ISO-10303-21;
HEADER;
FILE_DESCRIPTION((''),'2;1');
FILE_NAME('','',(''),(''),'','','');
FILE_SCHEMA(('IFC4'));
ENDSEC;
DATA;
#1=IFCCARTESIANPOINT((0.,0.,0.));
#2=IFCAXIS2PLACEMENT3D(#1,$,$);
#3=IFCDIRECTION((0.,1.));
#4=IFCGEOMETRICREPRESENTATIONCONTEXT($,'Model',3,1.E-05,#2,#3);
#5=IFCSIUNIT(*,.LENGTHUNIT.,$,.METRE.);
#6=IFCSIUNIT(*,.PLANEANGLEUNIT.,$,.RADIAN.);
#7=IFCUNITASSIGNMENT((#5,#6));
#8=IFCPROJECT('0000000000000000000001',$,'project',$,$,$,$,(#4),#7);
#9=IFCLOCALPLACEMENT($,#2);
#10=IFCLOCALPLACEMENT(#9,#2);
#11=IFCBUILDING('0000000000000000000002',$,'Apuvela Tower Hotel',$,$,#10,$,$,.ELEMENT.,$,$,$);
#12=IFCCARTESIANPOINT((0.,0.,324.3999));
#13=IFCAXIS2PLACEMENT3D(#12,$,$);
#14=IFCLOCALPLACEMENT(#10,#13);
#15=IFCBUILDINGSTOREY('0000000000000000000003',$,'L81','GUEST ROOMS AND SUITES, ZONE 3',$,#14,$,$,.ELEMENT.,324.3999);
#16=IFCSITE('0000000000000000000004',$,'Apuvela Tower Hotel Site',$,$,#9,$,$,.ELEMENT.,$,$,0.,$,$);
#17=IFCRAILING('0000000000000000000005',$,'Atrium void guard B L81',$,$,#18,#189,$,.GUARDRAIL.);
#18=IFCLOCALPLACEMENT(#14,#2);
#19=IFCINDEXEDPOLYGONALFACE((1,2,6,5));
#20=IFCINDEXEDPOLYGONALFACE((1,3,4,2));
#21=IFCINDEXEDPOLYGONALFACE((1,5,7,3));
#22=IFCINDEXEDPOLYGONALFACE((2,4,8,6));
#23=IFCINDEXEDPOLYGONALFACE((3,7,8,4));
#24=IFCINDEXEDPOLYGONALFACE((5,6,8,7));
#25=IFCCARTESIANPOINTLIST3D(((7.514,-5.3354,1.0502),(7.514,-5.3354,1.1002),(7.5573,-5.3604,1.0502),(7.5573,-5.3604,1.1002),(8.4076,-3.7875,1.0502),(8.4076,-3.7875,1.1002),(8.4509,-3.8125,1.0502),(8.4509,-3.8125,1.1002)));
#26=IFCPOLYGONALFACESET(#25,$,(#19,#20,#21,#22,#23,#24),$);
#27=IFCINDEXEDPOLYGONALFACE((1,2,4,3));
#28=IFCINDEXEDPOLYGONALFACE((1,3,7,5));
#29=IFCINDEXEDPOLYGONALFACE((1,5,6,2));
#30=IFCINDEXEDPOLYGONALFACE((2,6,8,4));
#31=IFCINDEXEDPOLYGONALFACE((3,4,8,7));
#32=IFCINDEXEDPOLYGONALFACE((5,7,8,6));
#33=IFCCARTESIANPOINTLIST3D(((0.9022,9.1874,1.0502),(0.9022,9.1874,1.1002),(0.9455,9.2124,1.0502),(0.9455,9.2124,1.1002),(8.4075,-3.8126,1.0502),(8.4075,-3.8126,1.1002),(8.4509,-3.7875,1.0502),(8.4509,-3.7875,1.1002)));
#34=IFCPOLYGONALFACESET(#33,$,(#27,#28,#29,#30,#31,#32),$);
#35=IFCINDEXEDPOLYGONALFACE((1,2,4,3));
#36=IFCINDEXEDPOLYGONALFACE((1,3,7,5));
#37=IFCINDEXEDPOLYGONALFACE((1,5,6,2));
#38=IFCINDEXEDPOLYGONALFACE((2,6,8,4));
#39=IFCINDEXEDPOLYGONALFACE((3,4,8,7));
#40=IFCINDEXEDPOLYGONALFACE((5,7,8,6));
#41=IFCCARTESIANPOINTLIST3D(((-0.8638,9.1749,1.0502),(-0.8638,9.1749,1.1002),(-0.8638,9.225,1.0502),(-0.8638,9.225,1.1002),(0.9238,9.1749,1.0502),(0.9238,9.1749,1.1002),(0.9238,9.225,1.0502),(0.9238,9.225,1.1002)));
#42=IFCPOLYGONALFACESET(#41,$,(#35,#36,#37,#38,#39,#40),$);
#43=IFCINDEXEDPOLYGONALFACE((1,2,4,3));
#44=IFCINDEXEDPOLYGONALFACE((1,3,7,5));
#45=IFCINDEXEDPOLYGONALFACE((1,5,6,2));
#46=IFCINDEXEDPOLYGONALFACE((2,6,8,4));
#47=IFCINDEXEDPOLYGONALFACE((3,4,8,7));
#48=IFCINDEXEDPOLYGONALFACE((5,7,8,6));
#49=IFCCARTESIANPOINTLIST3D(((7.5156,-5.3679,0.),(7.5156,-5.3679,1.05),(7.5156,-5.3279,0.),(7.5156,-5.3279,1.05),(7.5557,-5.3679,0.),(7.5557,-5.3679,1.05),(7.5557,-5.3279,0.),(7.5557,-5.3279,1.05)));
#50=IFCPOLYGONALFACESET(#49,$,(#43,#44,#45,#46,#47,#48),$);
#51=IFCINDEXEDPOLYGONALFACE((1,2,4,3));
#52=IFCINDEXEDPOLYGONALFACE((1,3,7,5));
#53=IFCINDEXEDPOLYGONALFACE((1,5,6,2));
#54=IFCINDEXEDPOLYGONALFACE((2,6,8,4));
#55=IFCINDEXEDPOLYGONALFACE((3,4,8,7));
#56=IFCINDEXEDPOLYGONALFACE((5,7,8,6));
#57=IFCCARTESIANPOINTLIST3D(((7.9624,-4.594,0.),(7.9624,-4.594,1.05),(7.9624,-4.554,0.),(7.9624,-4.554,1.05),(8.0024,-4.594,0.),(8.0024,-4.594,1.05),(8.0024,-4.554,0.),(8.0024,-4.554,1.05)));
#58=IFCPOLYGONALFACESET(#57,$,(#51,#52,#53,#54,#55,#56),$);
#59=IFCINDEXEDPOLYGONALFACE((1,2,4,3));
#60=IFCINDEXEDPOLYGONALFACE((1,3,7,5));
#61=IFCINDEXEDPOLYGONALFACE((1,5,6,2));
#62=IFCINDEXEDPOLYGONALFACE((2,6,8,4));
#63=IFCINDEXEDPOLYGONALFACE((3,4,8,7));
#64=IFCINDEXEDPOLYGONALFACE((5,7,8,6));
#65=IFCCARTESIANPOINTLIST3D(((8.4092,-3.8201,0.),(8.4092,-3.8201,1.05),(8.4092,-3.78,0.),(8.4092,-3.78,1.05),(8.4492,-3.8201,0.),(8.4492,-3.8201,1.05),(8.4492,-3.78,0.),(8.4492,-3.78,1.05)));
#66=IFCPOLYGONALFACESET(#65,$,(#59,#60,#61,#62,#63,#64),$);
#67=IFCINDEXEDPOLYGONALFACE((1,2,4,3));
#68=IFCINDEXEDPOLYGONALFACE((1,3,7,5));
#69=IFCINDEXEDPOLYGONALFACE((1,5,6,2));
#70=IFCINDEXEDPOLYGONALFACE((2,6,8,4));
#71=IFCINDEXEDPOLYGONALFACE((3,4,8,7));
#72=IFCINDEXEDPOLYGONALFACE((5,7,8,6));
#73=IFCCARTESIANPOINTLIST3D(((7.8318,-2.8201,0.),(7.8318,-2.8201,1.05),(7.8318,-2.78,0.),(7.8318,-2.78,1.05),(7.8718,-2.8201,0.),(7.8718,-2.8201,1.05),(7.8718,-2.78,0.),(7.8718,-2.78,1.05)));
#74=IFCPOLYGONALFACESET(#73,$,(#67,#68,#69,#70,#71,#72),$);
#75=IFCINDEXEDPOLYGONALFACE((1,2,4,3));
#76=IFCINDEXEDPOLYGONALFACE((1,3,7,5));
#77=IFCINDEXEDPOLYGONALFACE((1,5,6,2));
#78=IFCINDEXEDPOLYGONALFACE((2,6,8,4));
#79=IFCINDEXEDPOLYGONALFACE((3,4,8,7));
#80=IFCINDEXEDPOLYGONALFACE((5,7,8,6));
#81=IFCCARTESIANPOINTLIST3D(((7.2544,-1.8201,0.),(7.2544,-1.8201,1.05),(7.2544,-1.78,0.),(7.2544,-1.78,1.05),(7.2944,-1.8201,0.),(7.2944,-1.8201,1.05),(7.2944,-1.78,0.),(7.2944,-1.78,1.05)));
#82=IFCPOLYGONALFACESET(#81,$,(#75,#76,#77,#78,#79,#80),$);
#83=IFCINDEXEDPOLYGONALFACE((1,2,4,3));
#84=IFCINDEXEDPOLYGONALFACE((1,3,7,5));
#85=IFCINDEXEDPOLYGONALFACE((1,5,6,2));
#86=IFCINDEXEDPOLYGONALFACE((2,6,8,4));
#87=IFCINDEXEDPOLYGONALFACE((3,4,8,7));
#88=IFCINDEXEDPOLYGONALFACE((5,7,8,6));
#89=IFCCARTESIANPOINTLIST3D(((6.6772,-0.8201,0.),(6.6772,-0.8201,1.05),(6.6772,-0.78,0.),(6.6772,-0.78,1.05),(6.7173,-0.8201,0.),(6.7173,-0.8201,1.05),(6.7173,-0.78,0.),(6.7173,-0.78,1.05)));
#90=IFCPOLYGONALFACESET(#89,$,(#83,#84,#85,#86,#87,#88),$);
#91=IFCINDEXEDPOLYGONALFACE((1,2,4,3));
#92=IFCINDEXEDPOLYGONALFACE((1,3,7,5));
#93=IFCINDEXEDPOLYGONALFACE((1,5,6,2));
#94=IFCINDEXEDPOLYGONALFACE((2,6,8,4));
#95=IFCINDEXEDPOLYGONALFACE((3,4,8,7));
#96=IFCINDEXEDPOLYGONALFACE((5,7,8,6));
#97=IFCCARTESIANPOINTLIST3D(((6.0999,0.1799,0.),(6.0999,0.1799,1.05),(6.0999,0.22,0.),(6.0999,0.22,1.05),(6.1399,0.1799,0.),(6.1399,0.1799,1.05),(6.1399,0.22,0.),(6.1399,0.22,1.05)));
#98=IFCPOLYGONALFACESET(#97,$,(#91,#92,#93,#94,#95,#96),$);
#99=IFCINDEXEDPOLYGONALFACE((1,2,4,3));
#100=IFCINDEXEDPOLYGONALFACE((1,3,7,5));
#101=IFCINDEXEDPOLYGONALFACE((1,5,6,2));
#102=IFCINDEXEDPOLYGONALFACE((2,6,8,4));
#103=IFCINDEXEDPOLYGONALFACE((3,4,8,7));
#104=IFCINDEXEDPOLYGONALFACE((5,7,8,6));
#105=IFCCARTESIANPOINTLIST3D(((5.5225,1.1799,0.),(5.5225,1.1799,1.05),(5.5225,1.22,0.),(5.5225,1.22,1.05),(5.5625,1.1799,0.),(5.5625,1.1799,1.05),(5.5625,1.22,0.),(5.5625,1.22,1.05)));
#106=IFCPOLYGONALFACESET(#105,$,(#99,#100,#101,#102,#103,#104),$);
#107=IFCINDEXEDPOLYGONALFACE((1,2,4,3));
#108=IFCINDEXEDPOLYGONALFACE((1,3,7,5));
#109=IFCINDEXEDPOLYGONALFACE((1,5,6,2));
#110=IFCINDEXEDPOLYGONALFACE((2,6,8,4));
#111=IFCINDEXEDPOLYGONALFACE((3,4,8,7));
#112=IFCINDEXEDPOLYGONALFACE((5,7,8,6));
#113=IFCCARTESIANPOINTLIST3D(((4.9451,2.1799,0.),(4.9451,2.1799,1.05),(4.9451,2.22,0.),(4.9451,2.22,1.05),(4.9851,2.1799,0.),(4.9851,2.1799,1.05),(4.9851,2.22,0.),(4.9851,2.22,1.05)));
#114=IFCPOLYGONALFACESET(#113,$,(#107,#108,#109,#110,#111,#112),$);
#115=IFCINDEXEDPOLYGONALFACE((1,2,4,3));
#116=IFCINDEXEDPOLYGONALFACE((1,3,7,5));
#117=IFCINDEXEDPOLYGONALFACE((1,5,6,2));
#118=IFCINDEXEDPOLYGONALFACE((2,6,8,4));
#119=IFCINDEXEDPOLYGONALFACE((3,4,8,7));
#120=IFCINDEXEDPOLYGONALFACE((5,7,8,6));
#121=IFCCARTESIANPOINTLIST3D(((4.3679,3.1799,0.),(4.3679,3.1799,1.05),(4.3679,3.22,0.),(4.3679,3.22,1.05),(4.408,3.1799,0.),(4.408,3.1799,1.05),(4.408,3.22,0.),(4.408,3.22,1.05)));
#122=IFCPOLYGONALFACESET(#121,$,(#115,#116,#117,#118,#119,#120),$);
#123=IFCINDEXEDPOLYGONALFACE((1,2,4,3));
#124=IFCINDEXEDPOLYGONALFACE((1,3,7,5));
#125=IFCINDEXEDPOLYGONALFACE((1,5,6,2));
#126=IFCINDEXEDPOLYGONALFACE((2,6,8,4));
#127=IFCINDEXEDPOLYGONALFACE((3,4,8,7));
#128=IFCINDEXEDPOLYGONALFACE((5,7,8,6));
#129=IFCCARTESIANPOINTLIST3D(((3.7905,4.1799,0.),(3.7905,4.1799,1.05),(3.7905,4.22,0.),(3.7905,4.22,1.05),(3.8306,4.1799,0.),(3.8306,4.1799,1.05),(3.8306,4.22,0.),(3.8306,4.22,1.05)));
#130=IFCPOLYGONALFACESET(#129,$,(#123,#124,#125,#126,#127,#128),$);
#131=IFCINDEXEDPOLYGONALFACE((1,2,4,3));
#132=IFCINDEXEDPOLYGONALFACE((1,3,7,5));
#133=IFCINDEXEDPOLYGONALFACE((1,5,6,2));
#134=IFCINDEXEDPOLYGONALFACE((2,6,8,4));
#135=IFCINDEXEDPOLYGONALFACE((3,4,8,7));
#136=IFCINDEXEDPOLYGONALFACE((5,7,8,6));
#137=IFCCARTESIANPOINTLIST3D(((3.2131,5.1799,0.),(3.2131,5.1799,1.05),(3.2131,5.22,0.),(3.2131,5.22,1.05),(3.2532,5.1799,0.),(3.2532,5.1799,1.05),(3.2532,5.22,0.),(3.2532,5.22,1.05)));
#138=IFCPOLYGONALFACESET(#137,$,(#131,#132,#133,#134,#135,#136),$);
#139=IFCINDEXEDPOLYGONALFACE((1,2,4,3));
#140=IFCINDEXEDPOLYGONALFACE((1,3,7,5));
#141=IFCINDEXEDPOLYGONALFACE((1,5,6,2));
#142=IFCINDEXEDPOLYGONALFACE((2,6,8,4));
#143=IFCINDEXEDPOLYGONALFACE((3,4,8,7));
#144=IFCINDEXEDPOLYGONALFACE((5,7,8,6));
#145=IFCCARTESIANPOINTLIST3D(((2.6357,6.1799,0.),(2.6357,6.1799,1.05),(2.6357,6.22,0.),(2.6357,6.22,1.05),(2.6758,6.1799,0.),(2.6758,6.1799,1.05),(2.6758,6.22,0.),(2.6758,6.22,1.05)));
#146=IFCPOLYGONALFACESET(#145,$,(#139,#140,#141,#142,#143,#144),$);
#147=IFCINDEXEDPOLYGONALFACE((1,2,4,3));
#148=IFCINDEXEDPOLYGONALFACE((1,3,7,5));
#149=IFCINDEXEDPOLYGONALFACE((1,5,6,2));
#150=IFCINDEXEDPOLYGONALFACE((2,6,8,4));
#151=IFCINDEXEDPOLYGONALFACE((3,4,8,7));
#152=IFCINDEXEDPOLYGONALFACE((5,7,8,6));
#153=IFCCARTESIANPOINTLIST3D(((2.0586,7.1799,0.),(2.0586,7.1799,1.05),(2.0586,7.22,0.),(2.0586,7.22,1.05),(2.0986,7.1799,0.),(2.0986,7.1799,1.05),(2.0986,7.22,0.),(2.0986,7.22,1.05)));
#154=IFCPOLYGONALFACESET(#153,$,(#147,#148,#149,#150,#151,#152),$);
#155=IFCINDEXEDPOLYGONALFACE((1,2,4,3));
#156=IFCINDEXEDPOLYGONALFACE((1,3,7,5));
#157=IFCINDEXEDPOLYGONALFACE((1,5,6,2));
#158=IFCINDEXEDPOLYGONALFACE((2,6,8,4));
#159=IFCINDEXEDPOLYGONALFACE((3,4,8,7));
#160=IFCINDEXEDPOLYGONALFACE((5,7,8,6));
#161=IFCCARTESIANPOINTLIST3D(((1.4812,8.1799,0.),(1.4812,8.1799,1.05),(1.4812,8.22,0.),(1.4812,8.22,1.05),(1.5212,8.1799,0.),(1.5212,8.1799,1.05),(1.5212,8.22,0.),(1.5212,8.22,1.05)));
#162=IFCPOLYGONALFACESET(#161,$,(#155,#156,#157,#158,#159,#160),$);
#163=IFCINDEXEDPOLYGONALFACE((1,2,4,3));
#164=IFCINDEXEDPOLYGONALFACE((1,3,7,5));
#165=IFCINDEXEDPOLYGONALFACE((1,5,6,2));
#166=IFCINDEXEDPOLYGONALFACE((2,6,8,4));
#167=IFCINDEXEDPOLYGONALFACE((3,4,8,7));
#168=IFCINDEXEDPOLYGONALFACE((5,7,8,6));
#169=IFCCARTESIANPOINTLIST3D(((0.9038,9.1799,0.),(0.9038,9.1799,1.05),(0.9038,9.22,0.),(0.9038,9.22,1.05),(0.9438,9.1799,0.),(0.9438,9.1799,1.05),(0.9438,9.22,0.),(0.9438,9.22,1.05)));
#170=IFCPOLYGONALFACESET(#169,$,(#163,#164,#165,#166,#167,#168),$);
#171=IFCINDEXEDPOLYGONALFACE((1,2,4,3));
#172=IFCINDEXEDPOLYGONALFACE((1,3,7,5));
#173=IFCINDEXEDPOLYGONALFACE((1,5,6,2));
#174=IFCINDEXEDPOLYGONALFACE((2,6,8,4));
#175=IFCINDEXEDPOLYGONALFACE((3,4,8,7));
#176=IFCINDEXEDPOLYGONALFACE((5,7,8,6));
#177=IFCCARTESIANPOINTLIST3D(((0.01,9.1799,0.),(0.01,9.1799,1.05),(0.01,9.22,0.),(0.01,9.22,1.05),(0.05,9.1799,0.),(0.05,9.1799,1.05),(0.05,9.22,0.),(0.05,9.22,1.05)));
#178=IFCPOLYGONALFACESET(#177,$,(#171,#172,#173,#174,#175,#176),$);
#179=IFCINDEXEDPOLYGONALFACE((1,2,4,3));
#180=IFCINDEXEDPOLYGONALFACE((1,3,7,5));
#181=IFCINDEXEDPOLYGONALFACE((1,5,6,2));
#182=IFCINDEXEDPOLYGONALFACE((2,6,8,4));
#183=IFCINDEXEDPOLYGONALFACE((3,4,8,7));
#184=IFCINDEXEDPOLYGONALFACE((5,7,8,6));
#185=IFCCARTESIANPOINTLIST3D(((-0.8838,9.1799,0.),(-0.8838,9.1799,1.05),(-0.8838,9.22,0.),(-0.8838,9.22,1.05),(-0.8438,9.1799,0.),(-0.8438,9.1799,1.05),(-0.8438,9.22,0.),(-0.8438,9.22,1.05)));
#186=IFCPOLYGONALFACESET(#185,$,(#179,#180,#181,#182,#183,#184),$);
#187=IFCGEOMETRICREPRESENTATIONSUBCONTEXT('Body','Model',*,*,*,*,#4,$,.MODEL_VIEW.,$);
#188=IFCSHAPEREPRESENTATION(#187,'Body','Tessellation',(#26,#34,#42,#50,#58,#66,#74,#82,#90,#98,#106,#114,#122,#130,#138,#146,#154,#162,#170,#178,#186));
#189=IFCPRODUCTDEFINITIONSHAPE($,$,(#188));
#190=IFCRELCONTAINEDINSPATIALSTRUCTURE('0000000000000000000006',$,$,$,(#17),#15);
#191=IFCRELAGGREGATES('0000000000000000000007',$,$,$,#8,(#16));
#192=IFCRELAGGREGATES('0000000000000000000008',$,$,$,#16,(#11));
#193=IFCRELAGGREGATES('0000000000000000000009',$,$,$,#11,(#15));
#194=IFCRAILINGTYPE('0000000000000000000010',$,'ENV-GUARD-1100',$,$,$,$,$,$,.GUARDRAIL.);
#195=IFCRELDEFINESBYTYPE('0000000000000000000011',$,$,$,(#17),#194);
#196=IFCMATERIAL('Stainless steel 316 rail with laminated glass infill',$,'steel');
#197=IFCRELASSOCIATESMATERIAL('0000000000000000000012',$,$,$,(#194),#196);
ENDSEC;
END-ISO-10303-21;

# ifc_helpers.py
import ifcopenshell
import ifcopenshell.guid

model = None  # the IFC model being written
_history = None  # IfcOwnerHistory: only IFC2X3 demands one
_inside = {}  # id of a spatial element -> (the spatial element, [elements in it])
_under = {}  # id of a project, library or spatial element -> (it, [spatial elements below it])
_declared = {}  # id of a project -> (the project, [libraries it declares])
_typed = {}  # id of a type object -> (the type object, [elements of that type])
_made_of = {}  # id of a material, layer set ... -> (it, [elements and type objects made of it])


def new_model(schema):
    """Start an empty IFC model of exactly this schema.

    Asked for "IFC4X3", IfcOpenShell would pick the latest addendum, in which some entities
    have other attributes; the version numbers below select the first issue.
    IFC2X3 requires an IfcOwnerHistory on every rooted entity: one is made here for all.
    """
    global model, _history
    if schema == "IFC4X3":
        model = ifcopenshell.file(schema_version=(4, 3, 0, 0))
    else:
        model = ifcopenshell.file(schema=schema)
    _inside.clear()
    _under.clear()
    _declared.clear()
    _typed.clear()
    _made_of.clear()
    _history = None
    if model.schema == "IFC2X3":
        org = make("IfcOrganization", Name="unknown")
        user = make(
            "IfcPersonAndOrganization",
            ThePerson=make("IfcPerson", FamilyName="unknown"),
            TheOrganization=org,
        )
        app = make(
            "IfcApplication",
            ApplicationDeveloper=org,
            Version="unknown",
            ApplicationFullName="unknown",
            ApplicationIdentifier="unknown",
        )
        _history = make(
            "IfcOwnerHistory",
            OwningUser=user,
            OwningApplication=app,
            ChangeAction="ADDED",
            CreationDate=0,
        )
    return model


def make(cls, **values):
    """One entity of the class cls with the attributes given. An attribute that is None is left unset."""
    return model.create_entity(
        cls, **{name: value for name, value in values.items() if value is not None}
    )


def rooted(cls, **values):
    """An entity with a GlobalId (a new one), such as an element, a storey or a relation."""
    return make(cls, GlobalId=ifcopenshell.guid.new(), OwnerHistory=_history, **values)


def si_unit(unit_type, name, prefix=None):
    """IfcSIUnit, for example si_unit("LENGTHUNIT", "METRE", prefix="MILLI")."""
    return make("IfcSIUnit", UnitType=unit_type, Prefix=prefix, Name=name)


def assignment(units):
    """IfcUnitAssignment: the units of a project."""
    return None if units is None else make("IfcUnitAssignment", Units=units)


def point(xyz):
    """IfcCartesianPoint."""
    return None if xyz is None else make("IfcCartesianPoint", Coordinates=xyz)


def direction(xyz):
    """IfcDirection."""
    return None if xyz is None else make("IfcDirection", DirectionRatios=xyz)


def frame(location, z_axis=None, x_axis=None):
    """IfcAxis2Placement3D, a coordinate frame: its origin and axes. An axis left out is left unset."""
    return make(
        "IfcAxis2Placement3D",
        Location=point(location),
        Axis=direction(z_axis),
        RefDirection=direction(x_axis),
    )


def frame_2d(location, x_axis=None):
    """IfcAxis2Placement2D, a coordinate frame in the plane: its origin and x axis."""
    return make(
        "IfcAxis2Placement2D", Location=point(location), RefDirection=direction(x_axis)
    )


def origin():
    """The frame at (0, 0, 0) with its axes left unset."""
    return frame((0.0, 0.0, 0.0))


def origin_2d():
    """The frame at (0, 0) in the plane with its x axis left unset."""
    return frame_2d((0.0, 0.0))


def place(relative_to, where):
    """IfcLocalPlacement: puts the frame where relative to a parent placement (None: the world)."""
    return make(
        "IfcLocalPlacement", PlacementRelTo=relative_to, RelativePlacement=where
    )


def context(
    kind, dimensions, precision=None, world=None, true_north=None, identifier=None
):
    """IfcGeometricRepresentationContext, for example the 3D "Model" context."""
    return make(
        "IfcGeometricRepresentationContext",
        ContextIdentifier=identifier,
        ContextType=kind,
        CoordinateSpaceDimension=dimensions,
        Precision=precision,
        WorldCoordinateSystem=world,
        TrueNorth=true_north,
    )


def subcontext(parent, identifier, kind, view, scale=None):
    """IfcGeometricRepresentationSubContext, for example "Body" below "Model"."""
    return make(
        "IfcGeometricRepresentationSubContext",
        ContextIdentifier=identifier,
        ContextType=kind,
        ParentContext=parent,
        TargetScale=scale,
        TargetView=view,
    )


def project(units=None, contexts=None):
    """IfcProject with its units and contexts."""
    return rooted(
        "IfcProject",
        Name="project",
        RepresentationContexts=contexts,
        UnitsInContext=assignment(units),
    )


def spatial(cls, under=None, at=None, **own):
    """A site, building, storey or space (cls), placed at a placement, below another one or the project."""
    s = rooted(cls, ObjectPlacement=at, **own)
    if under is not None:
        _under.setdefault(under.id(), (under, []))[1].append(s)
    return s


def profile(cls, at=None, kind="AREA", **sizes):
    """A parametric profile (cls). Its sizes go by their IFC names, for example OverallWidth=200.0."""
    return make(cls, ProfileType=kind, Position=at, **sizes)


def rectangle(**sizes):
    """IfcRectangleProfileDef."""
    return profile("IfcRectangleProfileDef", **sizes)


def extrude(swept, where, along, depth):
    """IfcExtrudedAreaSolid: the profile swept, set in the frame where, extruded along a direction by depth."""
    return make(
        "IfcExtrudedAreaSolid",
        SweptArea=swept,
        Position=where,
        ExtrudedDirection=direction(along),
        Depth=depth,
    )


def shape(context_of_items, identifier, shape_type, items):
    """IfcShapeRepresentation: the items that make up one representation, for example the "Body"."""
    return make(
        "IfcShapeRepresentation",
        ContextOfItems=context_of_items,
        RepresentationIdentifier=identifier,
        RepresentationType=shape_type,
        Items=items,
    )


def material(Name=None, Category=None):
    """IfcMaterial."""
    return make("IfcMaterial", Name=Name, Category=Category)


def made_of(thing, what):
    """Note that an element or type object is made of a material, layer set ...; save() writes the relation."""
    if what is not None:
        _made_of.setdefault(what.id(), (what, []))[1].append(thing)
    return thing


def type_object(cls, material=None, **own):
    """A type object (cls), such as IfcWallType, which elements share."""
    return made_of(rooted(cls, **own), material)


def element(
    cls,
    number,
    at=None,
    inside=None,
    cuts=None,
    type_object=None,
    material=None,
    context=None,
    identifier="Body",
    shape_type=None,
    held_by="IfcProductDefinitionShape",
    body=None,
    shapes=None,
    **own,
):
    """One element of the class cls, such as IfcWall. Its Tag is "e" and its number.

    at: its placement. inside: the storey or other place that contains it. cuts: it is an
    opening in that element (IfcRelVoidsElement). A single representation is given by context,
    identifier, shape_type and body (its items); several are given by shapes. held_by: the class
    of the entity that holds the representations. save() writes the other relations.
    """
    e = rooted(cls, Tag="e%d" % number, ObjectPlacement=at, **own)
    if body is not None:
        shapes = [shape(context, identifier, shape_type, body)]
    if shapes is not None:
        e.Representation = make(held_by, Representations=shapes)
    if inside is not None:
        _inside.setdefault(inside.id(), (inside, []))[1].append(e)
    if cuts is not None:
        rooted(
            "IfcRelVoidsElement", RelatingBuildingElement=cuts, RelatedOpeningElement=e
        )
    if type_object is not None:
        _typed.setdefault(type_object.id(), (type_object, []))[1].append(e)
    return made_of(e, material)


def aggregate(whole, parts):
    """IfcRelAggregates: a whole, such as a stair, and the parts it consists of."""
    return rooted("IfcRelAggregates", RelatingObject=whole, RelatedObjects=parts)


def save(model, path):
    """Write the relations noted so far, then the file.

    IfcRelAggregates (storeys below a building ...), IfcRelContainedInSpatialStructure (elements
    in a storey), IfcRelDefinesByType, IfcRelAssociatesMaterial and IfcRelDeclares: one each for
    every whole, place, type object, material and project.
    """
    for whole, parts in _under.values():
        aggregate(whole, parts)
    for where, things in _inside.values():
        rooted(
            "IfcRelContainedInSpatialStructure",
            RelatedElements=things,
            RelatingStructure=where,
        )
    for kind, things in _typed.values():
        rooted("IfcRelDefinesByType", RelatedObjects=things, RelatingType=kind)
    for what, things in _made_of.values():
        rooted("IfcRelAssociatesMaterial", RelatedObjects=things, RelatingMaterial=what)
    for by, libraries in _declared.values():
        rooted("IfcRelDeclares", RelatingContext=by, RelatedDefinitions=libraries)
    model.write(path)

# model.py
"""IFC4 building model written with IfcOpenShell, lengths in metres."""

from ifc_helpers import new_model, si_unit, direction, frame, origin, origin_2d, place, context, subcontext, project, spatial, rectangle, extrude, material, type_object, element, save


model = new_model("IFC4")

# Units and contexts
model_context = context("Model", 3, precision=1e-05, world=origin(), true_north=direction((0.0, 1.0)))
body_context = subcontext(model_context, "Body", "Model", "MODEL_VIEW")
ifc_project = project(units=[si_unit("LENGTHUNIT", "METRE"), si_unit("PLANEANGLEUNIT", "RADIAN")], contexts=[model_context])

# Site, building, storey
site_placement = place(None, origin())
site = spatial("IfcSite", under=ifc_project, at=site_placement, Name="Apuvela Tower Hotel Site", CompositionType="ELEMENT", RefElevation=0.0)
building_placement = place(site_placement, origin())
building = spatial("IfcBuilding", under=site, at=building_placement, Name="Apuvela Tower Hotel", CompositionType="ELEMENT")
storey_placement = place(building_placement, frame((0.0, 0.0, 324.3999)))
storey = spatial("IfcBuildingStorey", under=building, at=storey_placement, Name="L81", Description="GUEST ROOMS AND SUITES, ZONE 3", CompositionType="ELEMENT", Elevation=324.3999)

# Railing
ifc_material_1 = material(Name="Stainless steel 316 rail with laminated glass infill", Category="steel")
railing_type_1 = type_object("IfcRailingType", Name="ENV-GUARD-1100", PredefinedType="GUARDRAIL", material=ifc_material_1)
railing_1_placement = place(storey_placement, frame((7.5356, -5.3479, 0.0)))
element("IfcRailing", 1, at=railing_1_placement, inside=storey, type_object=railing_type_1, Name="Atrium void guard B L81", PredefinedType="GUARDRAIL", context=body_context, shape_type="SweptSolid", body=[
    extrude(rectangle(XDim=0.05, YDim=0.05, at=origin_2d()), frame((0.0, 0.0, 1.0752), z_axis=(0.499959, 0.866049, 0.0), x_axis=(-0.866049, 0.499959, 0.0)), (0.0, 0.0, 1.0), 1.7874),
    extrude(rectangle(XDim=0.05, YDim=0.05, at=origin_2d()), frame((0.8936, 1.5479, 1.0752), z_axis=(-0.499991, 0.866031, 0.0), x_axis=(-0.866031, -0.499991, 0.0)), (0.0, 0.0, 1.0), 15.011),
    extrude(rectangle(XDim=0.05, YDim=0.05, at=origin_2d()), frame((-6.6118, 14.5479, 1.0752), z_axis=(-1.0, 0.0, 0.0), x_axis=(0.0, -1.0, 0.0)), (0.0, 0.0, 1.0), 1.7876),
    extrude(rectangle(XDim=0.04, YDim=0.04, at=origin_2d()), origin(), (0.0, 0.0, 1.0), 1.05),
    extrude(rectangle(XDim=0.04, YDim=0.04, at=origin_2d()), frame((0.4468, 0.7739, 0.0)), (0.0, 0.0, 1.0), 1.05),
    extrude(rectangle(XDim=0.04, YDim=0.04, at=origin_2d()), frame((0.8936, 1.5479, 0.0)), (0.0, 0.0, 1.0), 1.05),
    extrude(rectangle(XDim=0.04, YDim=0.04, at=origin_2d()), frame((0.3162, 2.5479, 0.0)), (0.0, 0.0, 1.0), 1.05),
    extrude(rectangle(XDim=0.04, YDim=0.04, at=origin_2d()), frame((-0.2612, 3.5479, 0.0)), (0.0, 0.0, 1.0), 1.05),
    extrude(rectangle(XDim=0.04, YDim=0.04, at=origin_2d()), frame((-0.8384, 4.5479, 0.0)), (0.0, 0.0, 1.0), 1.05),
    extrude(rectangle(XDim=0.04, YDim=0.04, at=origin_2d()), frame((-1.4158, 5.5479, 0.0)), (0.0, 0.0, 1.0), 1.05),
    extrude(rectangle(XDim=0.04, YDim=0.04, at=origin_2d()), frame((-1.9932, 6.5479, 0.0)), (0.0, 0.0, 1.0), 1.05),
    extrude(rectangle(XDim=0.04, YDim=0.04, at=origin_2d()), frame((-2.5706, 7.5479, 0.0)), (0.0, 0.0, 1.0), 1.05),
    extrude(rectangle(XDim=0.04, YDim=0.04, at=origin_2d()), frame((-3.1477, 8.5479, 0.0)), (0.0, 0.0, 1.0), 1.05),
    extrude(rectangle(XDim=0.04, YDim=0.04, at=origin_2d()), frame((-3.7251, 9.5479, 0.0)), (0.0, 0.0, 1.0), 1.05),
    extrude(rectangle(XDim=0.04, YDim=0.04, at=origin_2d()), frame((-4.3025, 10.5479, 0.0)), (0.0, 0.0, 1.0), 1.05),
    extrude(rectangle(XDim=0.04, YDim=0.04, at=origin_2d()), frame((-4.8799, 11.5479, 0.0)), (0.0, 0.0, 1.0), 1.05),
    extrude(rectangle(XDim=0.04, YDim=0.04, at=origin_2d()), frame((-5.457, 12.5479, 0.0)), (0.0, 0.0, 1.0), 1.05),
    extrude(rectangle(XDim=0.04, YDim=0.04, at=origin_2d()), frame((-6.0344, 13.5479, 0.0)), (0.0, 0.0, 1.0), 1.05),
    extrude(rectangle(XDim=0.04, YDim=0.04, at=origin_2d()), frame((-6.6118, 14.5479, 0.0)), (0.0, 0.0, 1.0), 1.05),
    extrude(rectangle(XDim=0.04, YDim=0.04, at=origin_2d()), frame((-7.5056, 14.5479, 0.0)), (0.0, 0.0, 1.0), 1.05),
    extrude(rectangle(XDim=0.04, YDim=0.04, at=origin_2d()), frame((-8.3994, 14.5479, 0.0)), (0.0, 0.0, 1.0), 1.05),
])

save(model, "model.ifc")
